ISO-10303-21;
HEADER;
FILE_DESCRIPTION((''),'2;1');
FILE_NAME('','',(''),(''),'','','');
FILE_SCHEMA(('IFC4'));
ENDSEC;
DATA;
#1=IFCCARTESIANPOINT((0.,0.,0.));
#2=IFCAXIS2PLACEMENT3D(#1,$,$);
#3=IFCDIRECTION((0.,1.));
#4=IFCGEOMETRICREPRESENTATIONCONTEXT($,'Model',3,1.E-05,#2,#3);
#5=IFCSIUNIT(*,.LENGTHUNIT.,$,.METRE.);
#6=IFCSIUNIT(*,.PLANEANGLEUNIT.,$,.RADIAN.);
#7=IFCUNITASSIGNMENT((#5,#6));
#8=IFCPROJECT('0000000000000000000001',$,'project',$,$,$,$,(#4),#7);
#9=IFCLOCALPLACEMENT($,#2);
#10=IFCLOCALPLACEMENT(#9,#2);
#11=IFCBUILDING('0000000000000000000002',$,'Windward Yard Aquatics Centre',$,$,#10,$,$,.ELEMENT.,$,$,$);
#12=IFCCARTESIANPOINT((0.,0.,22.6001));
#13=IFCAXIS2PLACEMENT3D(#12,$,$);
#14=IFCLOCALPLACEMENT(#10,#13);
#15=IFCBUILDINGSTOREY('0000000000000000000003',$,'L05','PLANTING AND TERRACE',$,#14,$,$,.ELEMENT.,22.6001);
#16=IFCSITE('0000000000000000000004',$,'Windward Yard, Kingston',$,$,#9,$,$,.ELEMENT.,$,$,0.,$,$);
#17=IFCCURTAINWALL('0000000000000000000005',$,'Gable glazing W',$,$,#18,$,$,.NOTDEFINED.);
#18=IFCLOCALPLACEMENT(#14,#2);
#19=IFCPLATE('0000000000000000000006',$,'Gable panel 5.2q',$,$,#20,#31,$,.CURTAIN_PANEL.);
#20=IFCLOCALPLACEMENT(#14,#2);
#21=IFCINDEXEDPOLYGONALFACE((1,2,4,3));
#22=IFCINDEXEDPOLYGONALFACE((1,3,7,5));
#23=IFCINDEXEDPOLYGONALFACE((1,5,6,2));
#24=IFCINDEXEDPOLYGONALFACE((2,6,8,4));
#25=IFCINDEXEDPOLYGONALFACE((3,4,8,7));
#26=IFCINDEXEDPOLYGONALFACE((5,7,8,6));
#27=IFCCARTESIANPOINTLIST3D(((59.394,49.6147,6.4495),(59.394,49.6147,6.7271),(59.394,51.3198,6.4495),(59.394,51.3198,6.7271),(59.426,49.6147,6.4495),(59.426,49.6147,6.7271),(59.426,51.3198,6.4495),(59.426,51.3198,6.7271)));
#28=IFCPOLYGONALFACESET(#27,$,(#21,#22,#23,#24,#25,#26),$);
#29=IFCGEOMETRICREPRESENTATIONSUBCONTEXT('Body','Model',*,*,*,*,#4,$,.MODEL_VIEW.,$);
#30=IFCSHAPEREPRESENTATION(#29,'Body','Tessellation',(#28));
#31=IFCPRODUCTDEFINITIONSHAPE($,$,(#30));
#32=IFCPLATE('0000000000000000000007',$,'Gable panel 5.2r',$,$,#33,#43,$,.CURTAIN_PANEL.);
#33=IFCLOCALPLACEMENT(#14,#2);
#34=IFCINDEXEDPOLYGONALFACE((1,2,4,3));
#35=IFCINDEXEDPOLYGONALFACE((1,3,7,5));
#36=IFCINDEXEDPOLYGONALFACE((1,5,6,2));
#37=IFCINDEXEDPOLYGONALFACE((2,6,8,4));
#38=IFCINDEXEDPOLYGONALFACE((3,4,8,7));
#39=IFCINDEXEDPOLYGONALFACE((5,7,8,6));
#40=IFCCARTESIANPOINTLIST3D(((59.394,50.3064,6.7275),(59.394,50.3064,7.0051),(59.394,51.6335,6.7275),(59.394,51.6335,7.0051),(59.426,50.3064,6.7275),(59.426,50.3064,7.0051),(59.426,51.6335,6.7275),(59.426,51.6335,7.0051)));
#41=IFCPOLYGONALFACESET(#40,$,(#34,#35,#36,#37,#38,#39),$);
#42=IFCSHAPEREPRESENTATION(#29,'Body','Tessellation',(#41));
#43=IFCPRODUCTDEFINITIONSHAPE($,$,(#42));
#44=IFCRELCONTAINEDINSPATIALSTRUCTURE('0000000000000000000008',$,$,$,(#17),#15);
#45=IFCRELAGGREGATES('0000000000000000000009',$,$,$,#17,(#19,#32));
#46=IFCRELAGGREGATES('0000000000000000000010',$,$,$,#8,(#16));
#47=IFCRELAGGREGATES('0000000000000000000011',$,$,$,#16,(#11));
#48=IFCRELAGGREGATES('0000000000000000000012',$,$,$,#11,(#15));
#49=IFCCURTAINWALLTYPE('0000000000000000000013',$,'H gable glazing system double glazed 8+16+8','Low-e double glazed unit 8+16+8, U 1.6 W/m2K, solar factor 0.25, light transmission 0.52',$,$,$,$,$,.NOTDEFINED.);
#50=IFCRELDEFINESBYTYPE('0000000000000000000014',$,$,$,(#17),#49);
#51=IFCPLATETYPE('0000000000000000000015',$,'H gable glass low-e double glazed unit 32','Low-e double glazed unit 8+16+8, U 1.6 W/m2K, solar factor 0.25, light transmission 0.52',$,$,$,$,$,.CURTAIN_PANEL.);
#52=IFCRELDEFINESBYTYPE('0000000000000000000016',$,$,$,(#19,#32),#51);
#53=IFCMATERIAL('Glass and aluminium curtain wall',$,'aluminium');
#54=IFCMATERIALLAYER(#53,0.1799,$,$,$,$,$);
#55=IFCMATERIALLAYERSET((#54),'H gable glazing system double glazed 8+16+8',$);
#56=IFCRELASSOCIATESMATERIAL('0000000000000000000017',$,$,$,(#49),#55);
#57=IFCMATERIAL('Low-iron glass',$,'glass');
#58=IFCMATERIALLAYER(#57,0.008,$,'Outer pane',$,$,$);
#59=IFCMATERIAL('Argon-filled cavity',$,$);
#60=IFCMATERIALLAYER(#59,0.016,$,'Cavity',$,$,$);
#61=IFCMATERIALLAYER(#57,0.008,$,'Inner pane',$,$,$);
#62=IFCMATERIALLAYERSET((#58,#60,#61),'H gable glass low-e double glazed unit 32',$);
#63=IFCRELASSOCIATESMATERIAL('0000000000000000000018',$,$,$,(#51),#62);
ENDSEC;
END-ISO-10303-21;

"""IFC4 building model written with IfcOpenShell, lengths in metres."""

from ifc_helpers import new_model, si_unit, direction, frame, origin, place, context, subcontext, project, spatial, polyline, outline, extrude, material, layer, layer_set, type_object, element, aggregate, save


model = new_model("IFC4")

# Units and contexts
model_context = context("Model", 3, precision=1e-05, world=origin(), true_north=direction((0.0, 1.0)))
body_context = subcontext(model_context, "Body", "Model", "MODEL_VIEW")
ifc_project = project(units=[si_unit("LENGTHUNIT", "METRE"), si_unit("PLANEANGLEUNIT", "RADIAN")], contexts=[model_context])

# Site, building, storey
site_placement = place(None, origin())
site = spatial("IfcSite", under=ifc_project, at=site_placement, Name="Windward Yard, Kingston", CompositionType="ELEMENT", RefElevation=0.0)
building_placement = place(site_placement, origin())
building = spatial("IfcBuilding", under=site, at=building_placement, Name="Windward Yard Aquatics Centre", CompositionType="ELEMENT")
storey_placement = place(building_placement, frame((0.0, 0.0, 22.6001)))
storey = spatial("IfcBuildingStorey", under=building, at=storey_placement, Name="L05", Description="PLANTING AND TERRACE", CompositionType="ELEMENT", Elevation=22.6001)

# Curtain wall, plates
ifc_material_1 = material(Name="Glass and aluminium curtain wall", Category="aluminium")
ifc_layer_1 = layer(ifc_material_1, 0.1799)
ifc_layer_set_1 = layer_set([ifc_layer_1], Name="H gable glazing system double glazed 8+16+8")
curtain_wall_type = type_object("IfcCurtainWallType", Name="H gable glazing system double glazed 8+16+8", Description="Low-e double glazed unit 8+16+8, U 1.6 W/m2K, solar factor 0.25, light transmission 0.52", PredefinedType="NOTDEFINED", material=ifc_layer_set_1)
curtain_wall_placement = place(storey_placement, origin())
curtain_wall = element("IfcCurtainWall", 1, at=curtain_wall_placement, inside=storey, type_object=curtain_wall_type, Name="Gable glazing W", PredefinedType="NOTDEFINED")
ifc_material_2 = material(Name="Low-iron glass", Category="glass")
ifc_layer_2 = layer(ifc_material_2, 0.008, Name="Outer pane")
ifc_material_3 = material(Name="Argon-filled cavity")
ifc_layer_3 = layer(ifc_material_3, 0.016, Name="Cavity")
ifc_layer_4 = layer(ifc_material_2, 0.008, Name="Inner pane")
ifc_layer_set_2 = layer_set([ifc_layer_2, ifc_layer_3, ifc_layer_4], Name="H gable glass low-e double glazed unit 32")
plate_type = type_object("IfcPlateType", Name="H gable glass low-e double glazed unit 32", Description="Low-e double glazed unit 8+16+8, U 1.6 W/m2K, solar factor 0.25, light transmission 0.52", PredefinedType="CURTAIN_PANEL", material=ifc_layer_set_2)
plate_1_placement = place(storey_placement, frame((59.426, 49.6147, 6.4495), z_axis=(1.0, 0.0, 0.0), x_axis=(0.0, 1.0, 0.0)))
plate_1 = element("IfcPlate", 2, at=plate_1_placement, type_object=plate_type, Name="Gable panel 5.2q", PredefinedType="CURTAIN_PANEL", context=body_context, shape_type="SweptSolid", body=[
    extrude(outline(polyline([(0.0, 0.0), (1.7051, 0.0), (1.7051, 0.2776), (0.0, 0.2776), (0.0, 0.0)])), origin(), (0.0, 0.0, -1.0), 0.032),
])
plate_2_placement = place(storey_placement, frame((59.426, 50.3064, 6.7275), z_axis=(1.0, 0.0, 0.0), x_axis=(0.0, 1.0, 0.0)))
plate_2 = element("IfcPlate", 3, at=plate_2_placement, type_object=plate_type, Name="Gable panel 5.2r", PredefinedType="CURTAIN_PANEL", context=body_context, shape_type="SweptSolid", body=[
    extrude(outline(polyline([(0.0, 0.0), (1.3271, 0.0), (1.3271, 0.2776), (0.0, 0.2776), (0.0, 0.0)])), origin(), (0.0, 0.0, -1.0), 0.032),
])
aggregate(curtain_wall, [plate_1, plate_2])

save(model, "model.ifc")
